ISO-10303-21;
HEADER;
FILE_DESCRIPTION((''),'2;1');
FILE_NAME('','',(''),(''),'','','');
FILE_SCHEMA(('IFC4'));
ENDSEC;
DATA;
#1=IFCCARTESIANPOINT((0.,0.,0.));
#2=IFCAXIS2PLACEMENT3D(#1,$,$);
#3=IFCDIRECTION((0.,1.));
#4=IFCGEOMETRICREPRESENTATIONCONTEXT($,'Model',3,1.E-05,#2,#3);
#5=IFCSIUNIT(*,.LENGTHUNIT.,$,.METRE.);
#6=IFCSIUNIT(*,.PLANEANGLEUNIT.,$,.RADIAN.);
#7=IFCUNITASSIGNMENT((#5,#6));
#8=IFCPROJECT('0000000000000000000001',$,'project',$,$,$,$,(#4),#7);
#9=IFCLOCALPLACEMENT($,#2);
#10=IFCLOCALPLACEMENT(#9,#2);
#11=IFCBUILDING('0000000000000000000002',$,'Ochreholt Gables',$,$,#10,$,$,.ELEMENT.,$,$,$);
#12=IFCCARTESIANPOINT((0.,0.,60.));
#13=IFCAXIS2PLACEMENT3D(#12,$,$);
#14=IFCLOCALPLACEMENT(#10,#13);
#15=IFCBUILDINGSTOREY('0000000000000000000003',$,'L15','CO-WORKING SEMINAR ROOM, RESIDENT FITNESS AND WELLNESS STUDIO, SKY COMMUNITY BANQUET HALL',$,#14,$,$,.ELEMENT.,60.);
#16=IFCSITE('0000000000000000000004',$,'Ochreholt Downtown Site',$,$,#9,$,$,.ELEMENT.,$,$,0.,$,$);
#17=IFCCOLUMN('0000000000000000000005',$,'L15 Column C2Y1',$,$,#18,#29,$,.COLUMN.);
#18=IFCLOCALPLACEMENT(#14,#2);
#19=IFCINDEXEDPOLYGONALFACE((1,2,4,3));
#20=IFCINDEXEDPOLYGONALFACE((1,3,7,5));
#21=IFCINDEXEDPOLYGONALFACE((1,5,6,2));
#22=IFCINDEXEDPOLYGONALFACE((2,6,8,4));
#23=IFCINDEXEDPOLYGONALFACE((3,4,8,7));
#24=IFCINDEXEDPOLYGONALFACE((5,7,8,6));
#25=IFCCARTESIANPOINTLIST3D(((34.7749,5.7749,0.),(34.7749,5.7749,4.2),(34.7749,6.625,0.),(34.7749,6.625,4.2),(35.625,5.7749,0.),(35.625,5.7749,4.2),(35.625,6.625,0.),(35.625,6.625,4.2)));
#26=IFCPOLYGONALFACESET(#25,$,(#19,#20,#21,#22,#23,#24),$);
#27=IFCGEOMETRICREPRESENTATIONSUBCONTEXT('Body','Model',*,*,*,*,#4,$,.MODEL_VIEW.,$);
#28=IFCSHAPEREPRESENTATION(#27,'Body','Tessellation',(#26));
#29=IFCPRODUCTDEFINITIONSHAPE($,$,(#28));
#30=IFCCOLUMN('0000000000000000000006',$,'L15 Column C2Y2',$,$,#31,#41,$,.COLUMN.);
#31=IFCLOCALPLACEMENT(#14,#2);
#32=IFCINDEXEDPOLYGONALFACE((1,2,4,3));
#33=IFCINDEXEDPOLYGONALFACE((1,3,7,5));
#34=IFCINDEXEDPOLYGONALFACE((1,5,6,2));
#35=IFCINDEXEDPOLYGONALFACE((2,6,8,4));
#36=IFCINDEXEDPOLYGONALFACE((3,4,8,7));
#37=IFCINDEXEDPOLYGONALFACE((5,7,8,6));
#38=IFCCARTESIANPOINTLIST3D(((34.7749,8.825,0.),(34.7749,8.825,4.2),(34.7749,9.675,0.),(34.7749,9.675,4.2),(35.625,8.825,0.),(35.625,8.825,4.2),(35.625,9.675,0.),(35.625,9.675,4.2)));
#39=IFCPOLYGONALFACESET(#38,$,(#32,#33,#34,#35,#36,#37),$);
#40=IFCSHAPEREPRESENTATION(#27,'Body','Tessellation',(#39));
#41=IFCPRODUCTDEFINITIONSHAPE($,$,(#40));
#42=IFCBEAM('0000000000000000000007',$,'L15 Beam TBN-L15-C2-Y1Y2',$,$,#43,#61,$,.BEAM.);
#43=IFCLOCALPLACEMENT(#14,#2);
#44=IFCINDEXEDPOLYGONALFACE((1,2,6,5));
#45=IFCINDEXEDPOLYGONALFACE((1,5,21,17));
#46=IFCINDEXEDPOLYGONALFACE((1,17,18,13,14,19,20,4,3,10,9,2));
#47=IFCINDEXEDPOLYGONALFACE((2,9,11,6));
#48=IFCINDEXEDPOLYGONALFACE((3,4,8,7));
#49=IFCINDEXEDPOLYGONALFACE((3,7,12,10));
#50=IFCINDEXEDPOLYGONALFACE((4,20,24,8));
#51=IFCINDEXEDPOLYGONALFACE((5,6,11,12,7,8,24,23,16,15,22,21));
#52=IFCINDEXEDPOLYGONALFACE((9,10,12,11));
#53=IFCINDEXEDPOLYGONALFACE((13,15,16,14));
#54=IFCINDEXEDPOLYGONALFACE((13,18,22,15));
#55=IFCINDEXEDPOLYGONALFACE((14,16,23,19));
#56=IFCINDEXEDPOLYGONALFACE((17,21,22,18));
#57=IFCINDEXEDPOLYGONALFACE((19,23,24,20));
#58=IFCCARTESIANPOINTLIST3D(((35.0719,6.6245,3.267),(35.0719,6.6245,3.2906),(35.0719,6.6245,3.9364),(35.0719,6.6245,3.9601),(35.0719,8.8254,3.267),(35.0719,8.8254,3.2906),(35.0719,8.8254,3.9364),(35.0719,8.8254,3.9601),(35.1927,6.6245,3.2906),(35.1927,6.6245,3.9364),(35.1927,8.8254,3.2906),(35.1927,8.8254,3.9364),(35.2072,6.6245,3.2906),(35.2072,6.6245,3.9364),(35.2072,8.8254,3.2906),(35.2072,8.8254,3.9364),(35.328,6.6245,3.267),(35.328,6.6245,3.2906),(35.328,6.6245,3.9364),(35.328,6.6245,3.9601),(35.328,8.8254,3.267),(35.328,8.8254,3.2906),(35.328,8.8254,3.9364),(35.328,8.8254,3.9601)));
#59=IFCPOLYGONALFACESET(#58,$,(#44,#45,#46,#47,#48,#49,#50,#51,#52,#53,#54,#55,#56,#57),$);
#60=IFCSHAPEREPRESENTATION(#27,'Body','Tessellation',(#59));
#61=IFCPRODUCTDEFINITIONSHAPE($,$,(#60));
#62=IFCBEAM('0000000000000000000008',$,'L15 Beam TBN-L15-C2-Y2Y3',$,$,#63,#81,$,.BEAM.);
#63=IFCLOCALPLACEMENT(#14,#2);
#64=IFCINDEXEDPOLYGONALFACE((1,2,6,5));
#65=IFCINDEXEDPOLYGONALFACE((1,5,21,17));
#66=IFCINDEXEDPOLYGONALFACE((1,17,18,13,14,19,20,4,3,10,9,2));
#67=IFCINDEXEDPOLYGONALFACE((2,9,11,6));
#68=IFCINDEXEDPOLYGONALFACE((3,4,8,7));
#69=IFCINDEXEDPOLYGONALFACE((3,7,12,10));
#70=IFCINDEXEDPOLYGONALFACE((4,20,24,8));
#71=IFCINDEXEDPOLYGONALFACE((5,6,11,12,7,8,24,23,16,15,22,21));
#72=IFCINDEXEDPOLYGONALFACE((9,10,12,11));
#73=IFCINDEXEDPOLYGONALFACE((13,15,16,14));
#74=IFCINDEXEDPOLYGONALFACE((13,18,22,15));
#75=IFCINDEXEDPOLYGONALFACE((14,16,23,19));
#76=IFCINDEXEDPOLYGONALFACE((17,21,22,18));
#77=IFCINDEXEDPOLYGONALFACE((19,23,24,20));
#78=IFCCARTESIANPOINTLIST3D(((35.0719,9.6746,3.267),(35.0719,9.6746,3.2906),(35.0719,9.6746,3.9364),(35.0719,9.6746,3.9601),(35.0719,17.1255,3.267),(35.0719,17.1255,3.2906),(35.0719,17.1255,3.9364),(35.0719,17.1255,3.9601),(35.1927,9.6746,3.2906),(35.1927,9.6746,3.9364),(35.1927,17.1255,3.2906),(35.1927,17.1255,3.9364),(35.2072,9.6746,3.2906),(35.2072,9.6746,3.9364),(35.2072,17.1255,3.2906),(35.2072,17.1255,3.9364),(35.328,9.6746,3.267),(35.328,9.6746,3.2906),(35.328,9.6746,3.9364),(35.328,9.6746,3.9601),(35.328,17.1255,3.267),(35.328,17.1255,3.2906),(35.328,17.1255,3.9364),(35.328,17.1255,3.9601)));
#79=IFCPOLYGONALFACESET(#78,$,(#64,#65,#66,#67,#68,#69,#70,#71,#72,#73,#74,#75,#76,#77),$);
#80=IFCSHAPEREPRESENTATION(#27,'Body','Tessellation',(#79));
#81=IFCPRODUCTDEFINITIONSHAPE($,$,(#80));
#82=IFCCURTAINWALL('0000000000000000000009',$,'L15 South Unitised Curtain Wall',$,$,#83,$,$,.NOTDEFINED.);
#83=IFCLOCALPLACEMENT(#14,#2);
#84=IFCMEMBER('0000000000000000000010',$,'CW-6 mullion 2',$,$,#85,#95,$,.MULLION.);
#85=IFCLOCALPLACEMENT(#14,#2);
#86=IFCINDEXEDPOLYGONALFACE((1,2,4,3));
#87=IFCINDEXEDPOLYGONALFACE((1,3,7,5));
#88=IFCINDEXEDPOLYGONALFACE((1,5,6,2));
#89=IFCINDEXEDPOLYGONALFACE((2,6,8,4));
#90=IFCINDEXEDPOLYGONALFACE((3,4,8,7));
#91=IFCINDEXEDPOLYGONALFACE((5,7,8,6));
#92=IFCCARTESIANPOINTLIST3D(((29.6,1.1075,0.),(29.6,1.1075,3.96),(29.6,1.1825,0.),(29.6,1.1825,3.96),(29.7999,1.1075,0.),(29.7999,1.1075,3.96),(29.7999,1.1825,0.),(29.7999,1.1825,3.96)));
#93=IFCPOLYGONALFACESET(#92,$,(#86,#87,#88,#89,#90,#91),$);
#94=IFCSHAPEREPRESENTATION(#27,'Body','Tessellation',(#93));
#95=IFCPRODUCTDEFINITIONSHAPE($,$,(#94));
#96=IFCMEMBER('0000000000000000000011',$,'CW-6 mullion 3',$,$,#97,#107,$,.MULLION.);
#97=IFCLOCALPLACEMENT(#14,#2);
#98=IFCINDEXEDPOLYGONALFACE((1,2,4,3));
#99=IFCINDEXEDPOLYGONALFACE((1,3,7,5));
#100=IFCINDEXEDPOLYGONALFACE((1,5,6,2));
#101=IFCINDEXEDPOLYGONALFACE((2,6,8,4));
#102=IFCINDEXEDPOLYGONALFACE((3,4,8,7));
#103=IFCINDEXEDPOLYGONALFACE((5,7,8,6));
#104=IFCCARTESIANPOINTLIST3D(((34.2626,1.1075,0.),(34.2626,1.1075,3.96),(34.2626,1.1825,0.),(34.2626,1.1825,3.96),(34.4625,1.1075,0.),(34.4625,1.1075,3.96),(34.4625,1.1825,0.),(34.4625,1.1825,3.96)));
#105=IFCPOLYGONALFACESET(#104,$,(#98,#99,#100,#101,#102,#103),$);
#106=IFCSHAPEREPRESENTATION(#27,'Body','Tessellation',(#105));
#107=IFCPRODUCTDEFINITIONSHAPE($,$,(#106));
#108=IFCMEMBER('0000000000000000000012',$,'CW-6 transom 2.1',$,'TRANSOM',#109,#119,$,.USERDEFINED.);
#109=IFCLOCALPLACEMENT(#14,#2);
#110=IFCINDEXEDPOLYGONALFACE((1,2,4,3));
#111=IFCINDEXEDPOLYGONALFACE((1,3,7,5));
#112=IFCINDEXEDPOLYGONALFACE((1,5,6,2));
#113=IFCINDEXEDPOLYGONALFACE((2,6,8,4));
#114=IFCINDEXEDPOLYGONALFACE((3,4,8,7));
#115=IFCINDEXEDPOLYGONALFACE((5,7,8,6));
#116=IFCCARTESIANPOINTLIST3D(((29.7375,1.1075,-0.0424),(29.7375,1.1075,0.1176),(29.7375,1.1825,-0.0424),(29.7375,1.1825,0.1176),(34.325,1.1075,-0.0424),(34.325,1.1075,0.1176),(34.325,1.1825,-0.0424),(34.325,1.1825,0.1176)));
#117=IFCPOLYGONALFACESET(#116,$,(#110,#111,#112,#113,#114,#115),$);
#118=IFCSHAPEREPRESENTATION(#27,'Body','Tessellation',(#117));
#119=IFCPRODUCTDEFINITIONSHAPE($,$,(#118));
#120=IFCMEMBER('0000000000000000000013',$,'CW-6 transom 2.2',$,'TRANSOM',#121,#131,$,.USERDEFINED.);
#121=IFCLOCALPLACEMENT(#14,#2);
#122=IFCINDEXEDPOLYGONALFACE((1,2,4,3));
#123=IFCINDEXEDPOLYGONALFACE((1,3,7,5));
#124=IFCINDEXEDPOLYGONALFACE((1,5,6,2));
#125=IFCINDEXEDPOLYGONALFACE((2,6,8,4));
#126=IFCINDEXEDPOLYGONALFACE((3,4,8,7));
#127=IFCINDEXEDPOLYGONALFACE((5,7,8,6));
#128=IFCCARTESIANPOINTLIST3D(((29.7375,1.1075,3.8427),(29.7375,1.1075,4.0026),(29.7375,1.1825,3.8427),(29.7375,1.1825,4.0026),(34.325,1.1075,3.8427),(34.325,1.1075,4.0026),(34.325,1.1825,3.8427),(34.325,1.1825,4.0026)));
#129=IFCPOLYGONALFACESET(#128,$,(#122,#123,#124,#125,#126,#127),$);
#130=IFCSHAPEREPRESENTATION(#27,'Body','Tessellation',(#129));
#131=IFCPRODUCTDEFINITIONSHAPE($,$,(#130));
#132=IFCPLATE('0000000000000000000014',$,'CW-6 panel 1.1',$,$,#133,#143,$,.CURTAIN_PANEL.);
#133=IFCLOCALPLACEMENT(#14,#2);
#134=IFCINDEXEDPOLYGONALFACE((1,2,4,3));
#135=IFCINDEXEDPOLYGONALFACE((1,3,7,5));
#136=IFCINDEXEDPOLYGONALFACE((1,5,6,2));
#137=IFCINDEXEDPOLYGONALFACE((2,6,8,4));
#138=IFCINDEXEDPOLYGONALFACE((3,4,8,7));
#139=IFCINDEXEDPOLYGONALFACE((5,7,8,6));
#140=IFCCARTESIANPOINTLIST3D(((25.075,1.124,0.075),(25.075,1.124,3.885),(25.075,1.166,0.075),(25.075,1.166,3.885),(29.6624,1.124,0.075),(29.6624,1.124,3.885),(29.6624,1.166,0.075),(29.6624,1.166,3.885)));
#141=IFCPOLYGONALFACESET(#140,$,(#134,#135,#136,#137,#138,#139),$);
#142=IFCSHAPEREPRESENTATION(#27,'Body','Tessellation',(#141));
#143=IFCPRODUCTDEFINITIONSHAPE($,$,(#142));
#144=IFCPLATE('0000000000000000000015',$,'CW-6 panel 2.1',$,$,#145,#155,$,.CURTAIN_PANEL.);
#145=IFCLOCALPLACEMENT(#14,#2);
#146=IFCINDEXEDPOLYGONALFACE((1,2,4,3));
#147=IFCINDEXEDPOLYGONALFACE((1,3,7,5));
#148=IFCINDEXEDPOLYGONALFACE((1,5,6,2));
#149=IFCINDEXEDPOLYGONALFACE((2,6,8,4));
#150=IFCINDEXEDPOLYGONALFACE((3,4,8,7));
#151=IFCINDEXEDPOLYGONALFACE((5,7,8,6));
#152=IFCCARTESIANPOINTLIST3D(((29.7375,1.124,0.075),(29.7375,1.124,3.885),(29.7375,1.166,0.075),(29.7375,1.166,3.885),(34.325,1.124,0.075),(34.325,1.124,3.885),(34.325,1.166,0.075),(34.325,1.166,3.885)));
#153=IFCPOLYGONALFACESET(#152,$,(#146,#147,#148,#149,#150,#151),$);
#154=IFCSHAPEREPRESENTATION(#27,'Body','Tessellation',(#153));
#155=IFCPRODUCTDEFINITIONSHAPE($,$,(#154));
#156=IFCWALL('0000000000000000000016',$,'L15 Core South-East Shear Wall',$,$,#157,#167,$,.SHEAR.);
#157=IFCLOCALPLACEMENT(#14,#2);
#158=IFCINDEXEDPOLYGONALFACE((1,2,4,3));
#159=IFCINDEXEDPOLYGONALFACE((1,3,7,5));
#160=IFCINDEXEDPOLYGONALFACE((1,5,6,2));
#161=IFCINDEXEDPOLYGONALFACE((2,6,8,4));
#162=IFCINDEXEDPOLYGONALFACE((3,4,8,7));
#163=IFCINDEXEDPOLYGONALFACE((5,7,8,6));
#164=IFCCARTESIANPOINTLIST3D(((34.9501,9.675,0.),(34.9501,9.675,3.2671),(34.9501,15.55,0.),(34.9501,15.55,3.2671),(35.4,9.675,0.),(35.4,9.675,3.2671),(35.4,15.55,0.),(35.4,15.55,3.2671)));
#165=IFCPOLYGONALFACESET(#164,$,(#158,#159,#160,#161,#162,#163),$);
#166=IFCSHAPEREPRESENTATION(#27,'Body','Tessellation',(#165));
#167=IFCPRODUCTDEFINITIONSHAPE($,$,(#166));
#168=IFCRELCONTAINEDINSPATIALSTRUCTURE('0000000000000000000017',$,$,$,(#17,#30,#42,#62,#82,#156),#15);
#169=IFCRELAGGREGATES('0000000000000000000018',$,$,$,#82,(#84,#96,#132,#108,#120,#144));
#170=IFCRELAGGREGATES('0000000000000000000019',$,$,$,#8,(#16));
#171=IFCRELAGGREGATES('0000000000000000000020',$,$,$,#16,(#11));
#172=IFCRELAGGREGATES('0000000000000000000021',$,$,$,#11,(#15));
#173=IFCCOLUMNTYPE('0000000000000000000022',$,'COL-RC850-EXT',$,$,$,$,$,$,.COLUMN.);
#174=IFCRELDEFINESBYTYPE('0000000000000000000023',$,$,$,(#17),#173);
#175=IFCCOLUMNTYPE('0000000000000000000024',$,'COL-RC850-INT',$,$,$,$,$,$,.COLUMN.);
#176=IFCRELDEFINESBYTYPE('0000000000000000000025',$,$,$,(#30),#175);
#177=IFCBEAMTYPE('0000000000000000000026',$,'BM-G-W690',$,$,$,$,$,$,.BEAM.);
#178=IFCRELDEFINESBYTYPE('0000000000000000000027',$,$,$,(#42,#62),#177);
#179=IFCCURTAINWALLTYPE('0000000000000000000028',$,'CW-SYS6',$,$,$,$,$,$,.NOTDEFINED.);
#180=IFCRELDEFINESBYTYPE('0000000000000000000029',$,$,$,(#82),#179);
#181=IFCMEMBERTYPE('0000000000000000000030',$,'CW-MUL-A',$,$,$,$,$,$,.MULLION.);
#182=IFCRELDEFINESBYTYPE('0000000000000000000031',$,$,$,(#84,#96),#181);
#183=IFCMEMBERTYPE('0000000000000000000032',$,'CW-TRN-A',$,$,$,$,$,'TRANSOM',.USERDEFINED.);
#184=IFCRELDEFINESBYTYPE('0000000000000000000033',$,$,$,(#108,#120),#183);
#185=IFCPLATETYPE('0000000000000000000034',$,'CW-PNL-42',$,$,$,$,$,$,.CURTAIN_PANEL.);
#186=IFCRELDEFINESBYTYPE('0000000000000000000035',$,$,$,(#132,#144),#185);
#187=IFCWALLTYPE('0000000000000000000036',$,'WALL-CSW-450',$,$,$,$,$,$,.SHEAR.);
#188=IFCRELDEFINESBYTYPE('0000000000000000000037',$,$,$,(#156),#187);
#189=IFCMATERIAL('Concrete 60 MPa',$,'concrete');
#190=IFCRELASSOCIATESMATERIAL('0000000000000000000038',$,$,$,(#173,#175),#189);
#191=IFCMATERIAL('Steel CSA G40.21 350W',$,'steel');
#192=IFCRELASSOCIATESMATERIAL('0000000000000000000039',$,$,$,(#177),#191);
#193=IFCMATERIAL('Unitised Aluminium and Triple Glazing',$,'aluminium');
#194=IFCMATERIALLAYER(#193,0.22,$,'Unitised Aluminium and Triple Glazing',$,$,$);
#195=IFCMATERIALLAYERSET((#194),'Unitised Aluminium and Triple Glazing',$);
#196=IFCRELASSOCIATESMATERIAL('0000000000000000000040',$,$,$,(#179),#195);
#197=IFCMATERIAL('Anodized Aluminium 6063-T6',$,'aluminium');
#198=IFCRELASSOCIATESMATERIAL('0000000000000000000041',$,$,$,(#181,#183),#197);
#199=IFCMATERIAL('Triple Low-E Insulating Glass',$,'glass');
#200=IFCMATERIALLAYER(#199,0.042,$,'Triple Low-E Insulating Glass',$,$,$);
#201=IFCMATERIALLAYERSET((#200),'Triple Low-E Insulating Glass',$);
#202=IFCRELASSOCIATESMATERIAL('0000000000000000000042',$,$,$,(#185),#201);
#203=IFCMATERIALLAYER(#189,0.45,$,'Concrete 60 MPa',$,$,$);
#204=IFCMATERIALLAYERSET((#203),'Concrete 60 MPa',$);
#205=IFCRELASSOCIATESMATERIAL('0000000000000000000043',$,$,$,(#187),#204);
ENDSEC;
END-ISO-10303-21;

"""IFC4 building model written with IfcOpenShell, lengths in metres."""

from ifc_helpers import new_model, si_unit, direction, frame, frame_2d, origin, origin_2d, place, context, subcontext, project, spatial, rectangle, i_section, extrude, material, layer, layer_set, material_profile, profile_set, type_object, element, aggregate, save


model = new_model("IFC4")

# Units and contexts
model_context = context("Model", 3, precision=1e-05, world=origin(), true_north=direction((0.0, 1.0)))
body_context = subcontext(model_context, "Body", "Model", "MODEL_VIEW")
ifc_project = project(units=[si_unit("LENGTHUNIT", "METRE"), si_unit("PLANEANGLEUNIT", "RADIAN")], contexts=[model_context])

# Site, building, storey
site_placement = place(None, origin())
site = spatial("IfcSite", under=ifc_project, at=site_placement, Name="Ochreholt Downtown Site", CompositionType="ELEMENT", RefElevation=0.0)
building_placement = place(site_placement, origin())
building = spatial("IfcBuilding", under=site, at=building_placement, Name="Ochreholt Gables", CompositionType="ELEMENT")
storey_placement = place(building_placement, frame((0.0, 0.0, 60.0)))
storey = spatial("IfcBuildingStorey", under=building, at=storey_placement, Name="L15", Description="CO-WORKING SEMINAR ROOM, RESIDENT FITNESS AND WELLNESS STUDIO, SKY COMMUNITY BANQUET HALL", CompositionType="ELEMENT", Elevation=60.0)

# Columns
ifc_material_1 = material(Name="Concrete 60 MPa", Category="concrete")
ifc_material_profile_1 = material_profile(ifc_material_1, rectangle(XDim=0.8501, YDim=0.8501, at=origin_2d()), Name="RC850X850")
ifc_profile_set_1 = profile_set([ifc_material_profile_1], Name="Concrete 60 MPa")
column_type_1 = type_object("IfcColumnType", Name="COL-RC850-EXT", PredefinedType="COLUMN", material=ifc_profile_set_1)
column_1_placement = place(storey_placement, frame((35.2, 6.2, 0.0), z_axis=(0.0, 0.0, 1.0), x_axis=(1.0, 0.0, 0.0)))
element("IfcColumn", 1, at=column_1_placement, inside=storey, type_object=column_type_1, Name="L15 Column C2Y1", PredefinedType="COLUMN", context=body_context, shape_type="SweptSolid", body=[
    extrude(rectangle(XDim=0.8501, YDim=0.8501, at=origin_2d()), origin(), (0.0, 0.0, 1.0), 4.2),
])
ifc_material_profile_2 = material_profile(ifc_material_1, rectangle(XDim=0.8501, YDim=0.8501, at=origin_2d()), Name="RC850X850")
ifc_profile_set_2 = profile_set([ifc_material_profile_2], Name="Concrete 60 MPa")
column_type_2 = type_object("IfcColumnType", Name="COL-RC850-INT", PredefinedType="COLUMN", material=ifc_profile_set_2)
column_2_placement = place(storey_placement, frame((35.2, 9.25, 0.0), z_axis=(0.0, 0.0, 1.0), x_axis=(1.0, 0.0, 0.0)))
element("IfcColumn", 2, at=column_2_placement, inside=storey, type_object=column_type_2, Name="L15 Column C2Y2", PredefinedType="COLUMN", context=body_context, shape_type="SweptSolid", body=[
    extrude(rectangle(XDim=0.8501, YDim=0.8501, at=origin_2d()), origin(), (0.0, 0.0, 1.0), 4.2),
])

# Beams
ifc_material_2 = material(Name="Steel CSA G40.21 350W", Category="steel")
ifc_material_profile_3 = material_profile(ifc_material_2, i_section(OverallWidth=0.2561, OverallDepth=0.6931, WebThickness=0.0144, FlangeThickness=0.0237, at=origin_2d()), Name="W690X170")
ifc_profile_set_3 = profile_set([ifc_material_profile_3], Name="Steel CSA G40.21 350W")
beam_type = type_object("IfcBeamType", Name="BM-G-W690", PredefinedType="BEAM", material=ifc_profile_set_3)
beam_1_placement = place(storey_placement, frame((35.2, 6.6245, 3.6135), z_axis=(0.0, 1.0, 0.0), x_axis=(-1.0, 0.0, 0.0)))
element("IfcBeam", 3, at=beam_1_placement, inside=storey, type_object=beam_type, Name="L15 Beam TBN-L15-C2-Y1Y2", PredefinedType="BEAM", context=body_context, shape_type="SweptSolid", body=[
    extrude(i_section(OverallWidth=0.2561, OverallDepth=0.6931, WebThickness=0.0144, FlangeThickness=0.0237, at=origin_2d()), origin(), (0.0, 0.0, 1.0), 2.2009),
])
beam_2_placement = place(storey_placement, frame((35.2, 9.6746, 3.6135), z_axis=(0.0, 1.0, 0.0), x_axis=(-1.0, 0.0, 0.0)))
element("IfcBeam", 4, at=beam_2_placement, inside=storey, type_object=beam_type, Name="L15 Beam TBN-L15-C2-Y2Y3", PredefinedType="BEAM", context=body_context, shape_type="SweptSolid", body=[
    extrude(i_section(OverallWidth=0.2561, OverallDepth=0.6931, WebThickness=0.0144, FlangeThickness=0.0237, at=origin_2d()), origin(), (0.0, 0.0, 1.0), 7.4509),
])

# Curtain wall, members, plates
ifc_material_3 = material(Name="Unitised Aluminium and Triple Glazing", Category="aluminium")
ifc_layer_1 = layer(ifc_material_3, 0.22, Name="Unitised Aluminium and Triple Glazing")
ifc_layer_set_1 = layer_set([ifc_layer_1], Name="Unitised Aluminium and Triple Glazing")
curtain_wall_type = type_object("IfcCurtainWallType", Name="CW-SYS6", PredefinedType="NOTDEFINED", material=ifc_layer_set_1)
curtain_wall_placement = place(storey_placement, origin())
curtain_wall = element("IfcCurtainWall", 5, at=curtain_wall_placement, inside=storey, type_object=curtain_wall_type, Name="L15 South Unitised Curtain Wall", PredefinedType="NOTDEFINED")
ifc_material_4 = material(Name="Anodized Aluminium 6063-T6", Category="aluminium")
ifc_material_profile_4 = material_profile(ifc_material_4, rectangle(XDim=0.075, YDim=0.2, at=origin_2d()), Name="CWM75X200")
ifc_profile_set_4 = profile_set([ifc_material_profile_4], Name="Anodized Aluminium 6063-T6")
member_type_1 = type_object("IfcMemberType", Name="CW-MUL-A", PredefinedType="MULLION", material=ifc_profile_set_4)
member_1_placement = place(storey_placement, frame((29.7, 1.145, 0.0), z_axis=(0.0, 0.0, 1.0), x_axis=(0.0, 1.0, 0.0)))
member_1 = element("IfcMember", 6, at=member_1_placement, type_object=member_type_1, Name="CW-6 mullion 2", PredefinedType="MULLION", context=body_context, shape_type="SweptSolid", body=[
    extrude(rectangle(XDim=0.075, YDim=0.2, at=origin_2d()), origin(), (0.0, 0.0, 1.0), 3.96),
])
member_2_placement = place(storey_placement, frame((34.3625, 1.145, 0.0), z_axis=(0.0, 0.0, 1.0), x_axis=(0.0, 1.0, 0.0)))
member_2 = element("IfcMember", 7, at=member_2_placement, type_object=member_type_1, Name="CW-6 mullion 3", PredefinedType="MULLION", context=body_context, shape_type="SweptSolid", body=[
    extrude(rectangle(XDim=0.075, YDim=0.2, at=origin_2d()), origin(), (0.0, 0.0, 1.0), 3.96),
])
ifc_material_profile_5 = material_profile(ifc_material_4, rectangle(XDim=0.075, YDim=0.1599, at=origin_2d()), Name="CWT75X160")
ifc_profile_set_5 = profile_set([ifc_material_profile_5], Name="Anodized Aluminium 6063-T6")
member_type_2 = type_object("IfcMemberType", Name="CW-TRN-A", ElementType="TRANSOM", PredefinedType="USERDEFINED", material=ifc_profile_set_5)
member_3_placement = place(storey_placement, frame((29.7375, 1.145, 0.0376), z_axis=(1.0, 0.0, 0.0), x_axis=(0.0, 1.0, 0.0)))
member_3 = element("IfcMember", 8, at=member_3_placement, type_object=member_type_2, Name="CW-6 transom 2.1", ObjectType="TRANSOM", PredefinedType="USERDEFINED", context=body_context, shape_type="SweptSolid", body=[
    extrude(rectangle(XDim=0.075, YDim=0.1599, at=origin_2d()), origin(), (0.0, 0.0, 1.0), 4.5874),
])
member_4_placement = place(storey_placement, frame((29.7375, 1.145, 3.9226), z_axis=(1.0, 0.0, 0.0), x_axis=(0.0, 1.0, 0.0)))
member_4 = element("IfcMember", 9, at=member_4_placement, type_object=member_type_2, Name="CW-6 transom 2.2", ObjectType="TRANSOM", PredefinedType="USERDEFINED", context=body_context, shape_type="SweptSolid", body=[
    extrude(rectangle(XDim=0.075, YDim=0.1599, at=origin_2d()), origin(), (0.0, 0.0, 1.0), 4.5874),
])
ifc_material_5 = material(Name="Triple Low-E Insulating Glass", Category="glass")
ifc_layer_2 = layer(ifc_material_5, 0.042, Name="Triple Low-E Insulating Glass")
ifc_layer_set_2 = layer_set([ifc_layer_2], Name="Triple Low-E Insulating Glass")
plate_type = type_object("IfcPlateType", Name="CW-PNL-42", PredefinedType="CURTAIN_PANEL", material=ifc_layer_set_2)
plate_1_placement = place(storey_placement, frame((27.3687, 1.145, 0.075), z_axis=(0.0, 0.0, 1.0), x_axis=(1.0, 0.0, 0.0)))
plate_1 = element("IfcPlate", 10, at=plate_1_placement, type_object=plate_type, Name="CW-6 panel 1.1", PredefinedType="CURTAIN_PANEL", context=body_context, shape_type="SweptSolid", body=[
    extrude(rectangle(XDim=4.5874, YDim=0.042, at=origin_2d()), origin(), (0.0, 0.0, 1.0), 3.8101),
])
plate_2_placement = place(storey_placement, frame((32.0312, 1.145, 0.075), z_axis=(0.0, 0.0, 1.0), x_axis=(1.0, 0.0, 0.0)))
plate_2 = element("IfcPlate", 11, at=plate_2_placement, type_object=plate_type, Name="CW-6 panel 2.1", PredefinedType="CURTAIN_PANEL", context=body_context, shape_type="SweptSolid", body=[
    extrude(rectangle(XDim=4.5874, YDim=0.042, at=origin_2d()), origin(), (0.0, 0.0, 1.0), 3.8101),
])
aggregate(curtain_wall, [member_1, member_2, plate_1, member_3, member_4, plate_2])

# Wall
ifc_layer_3 = layer(ifc_material_1, 0.45, Name="Concrete 60 MPa")
ifc_layer_set_3 = layer_set([ifc_layer_3], Name="Concrete 60 MPa")
wall_type_1 = type_object("IfcWallType", Name="WALL-CSW-450", PredefinedType="SHEAR", material=ifc_layer_set_3)
wall_1_placement = place(storey_placement, frame((35.175, 9.675, 0.0), z_axis=(0.0, 0.0, 1.0), x_axis=(0.0, 1.0, 0.0)))
element("IfcWall", 12, at=wall_1_placement, inside=storey, type_object=wall_type_1, Name="L15 Core South-East Shear Wall", PredefinedType="SHEAR", context=body_context, shape_type="SweptSolid", body=[
    extrude(rectangle(XDim=5.875, YDim=0.45, at=frame_2d((2.9375, 0.0))), origin(), (0.0, 0.0, 1.0), 3.2671),
])

save(model, "model.ifc")
